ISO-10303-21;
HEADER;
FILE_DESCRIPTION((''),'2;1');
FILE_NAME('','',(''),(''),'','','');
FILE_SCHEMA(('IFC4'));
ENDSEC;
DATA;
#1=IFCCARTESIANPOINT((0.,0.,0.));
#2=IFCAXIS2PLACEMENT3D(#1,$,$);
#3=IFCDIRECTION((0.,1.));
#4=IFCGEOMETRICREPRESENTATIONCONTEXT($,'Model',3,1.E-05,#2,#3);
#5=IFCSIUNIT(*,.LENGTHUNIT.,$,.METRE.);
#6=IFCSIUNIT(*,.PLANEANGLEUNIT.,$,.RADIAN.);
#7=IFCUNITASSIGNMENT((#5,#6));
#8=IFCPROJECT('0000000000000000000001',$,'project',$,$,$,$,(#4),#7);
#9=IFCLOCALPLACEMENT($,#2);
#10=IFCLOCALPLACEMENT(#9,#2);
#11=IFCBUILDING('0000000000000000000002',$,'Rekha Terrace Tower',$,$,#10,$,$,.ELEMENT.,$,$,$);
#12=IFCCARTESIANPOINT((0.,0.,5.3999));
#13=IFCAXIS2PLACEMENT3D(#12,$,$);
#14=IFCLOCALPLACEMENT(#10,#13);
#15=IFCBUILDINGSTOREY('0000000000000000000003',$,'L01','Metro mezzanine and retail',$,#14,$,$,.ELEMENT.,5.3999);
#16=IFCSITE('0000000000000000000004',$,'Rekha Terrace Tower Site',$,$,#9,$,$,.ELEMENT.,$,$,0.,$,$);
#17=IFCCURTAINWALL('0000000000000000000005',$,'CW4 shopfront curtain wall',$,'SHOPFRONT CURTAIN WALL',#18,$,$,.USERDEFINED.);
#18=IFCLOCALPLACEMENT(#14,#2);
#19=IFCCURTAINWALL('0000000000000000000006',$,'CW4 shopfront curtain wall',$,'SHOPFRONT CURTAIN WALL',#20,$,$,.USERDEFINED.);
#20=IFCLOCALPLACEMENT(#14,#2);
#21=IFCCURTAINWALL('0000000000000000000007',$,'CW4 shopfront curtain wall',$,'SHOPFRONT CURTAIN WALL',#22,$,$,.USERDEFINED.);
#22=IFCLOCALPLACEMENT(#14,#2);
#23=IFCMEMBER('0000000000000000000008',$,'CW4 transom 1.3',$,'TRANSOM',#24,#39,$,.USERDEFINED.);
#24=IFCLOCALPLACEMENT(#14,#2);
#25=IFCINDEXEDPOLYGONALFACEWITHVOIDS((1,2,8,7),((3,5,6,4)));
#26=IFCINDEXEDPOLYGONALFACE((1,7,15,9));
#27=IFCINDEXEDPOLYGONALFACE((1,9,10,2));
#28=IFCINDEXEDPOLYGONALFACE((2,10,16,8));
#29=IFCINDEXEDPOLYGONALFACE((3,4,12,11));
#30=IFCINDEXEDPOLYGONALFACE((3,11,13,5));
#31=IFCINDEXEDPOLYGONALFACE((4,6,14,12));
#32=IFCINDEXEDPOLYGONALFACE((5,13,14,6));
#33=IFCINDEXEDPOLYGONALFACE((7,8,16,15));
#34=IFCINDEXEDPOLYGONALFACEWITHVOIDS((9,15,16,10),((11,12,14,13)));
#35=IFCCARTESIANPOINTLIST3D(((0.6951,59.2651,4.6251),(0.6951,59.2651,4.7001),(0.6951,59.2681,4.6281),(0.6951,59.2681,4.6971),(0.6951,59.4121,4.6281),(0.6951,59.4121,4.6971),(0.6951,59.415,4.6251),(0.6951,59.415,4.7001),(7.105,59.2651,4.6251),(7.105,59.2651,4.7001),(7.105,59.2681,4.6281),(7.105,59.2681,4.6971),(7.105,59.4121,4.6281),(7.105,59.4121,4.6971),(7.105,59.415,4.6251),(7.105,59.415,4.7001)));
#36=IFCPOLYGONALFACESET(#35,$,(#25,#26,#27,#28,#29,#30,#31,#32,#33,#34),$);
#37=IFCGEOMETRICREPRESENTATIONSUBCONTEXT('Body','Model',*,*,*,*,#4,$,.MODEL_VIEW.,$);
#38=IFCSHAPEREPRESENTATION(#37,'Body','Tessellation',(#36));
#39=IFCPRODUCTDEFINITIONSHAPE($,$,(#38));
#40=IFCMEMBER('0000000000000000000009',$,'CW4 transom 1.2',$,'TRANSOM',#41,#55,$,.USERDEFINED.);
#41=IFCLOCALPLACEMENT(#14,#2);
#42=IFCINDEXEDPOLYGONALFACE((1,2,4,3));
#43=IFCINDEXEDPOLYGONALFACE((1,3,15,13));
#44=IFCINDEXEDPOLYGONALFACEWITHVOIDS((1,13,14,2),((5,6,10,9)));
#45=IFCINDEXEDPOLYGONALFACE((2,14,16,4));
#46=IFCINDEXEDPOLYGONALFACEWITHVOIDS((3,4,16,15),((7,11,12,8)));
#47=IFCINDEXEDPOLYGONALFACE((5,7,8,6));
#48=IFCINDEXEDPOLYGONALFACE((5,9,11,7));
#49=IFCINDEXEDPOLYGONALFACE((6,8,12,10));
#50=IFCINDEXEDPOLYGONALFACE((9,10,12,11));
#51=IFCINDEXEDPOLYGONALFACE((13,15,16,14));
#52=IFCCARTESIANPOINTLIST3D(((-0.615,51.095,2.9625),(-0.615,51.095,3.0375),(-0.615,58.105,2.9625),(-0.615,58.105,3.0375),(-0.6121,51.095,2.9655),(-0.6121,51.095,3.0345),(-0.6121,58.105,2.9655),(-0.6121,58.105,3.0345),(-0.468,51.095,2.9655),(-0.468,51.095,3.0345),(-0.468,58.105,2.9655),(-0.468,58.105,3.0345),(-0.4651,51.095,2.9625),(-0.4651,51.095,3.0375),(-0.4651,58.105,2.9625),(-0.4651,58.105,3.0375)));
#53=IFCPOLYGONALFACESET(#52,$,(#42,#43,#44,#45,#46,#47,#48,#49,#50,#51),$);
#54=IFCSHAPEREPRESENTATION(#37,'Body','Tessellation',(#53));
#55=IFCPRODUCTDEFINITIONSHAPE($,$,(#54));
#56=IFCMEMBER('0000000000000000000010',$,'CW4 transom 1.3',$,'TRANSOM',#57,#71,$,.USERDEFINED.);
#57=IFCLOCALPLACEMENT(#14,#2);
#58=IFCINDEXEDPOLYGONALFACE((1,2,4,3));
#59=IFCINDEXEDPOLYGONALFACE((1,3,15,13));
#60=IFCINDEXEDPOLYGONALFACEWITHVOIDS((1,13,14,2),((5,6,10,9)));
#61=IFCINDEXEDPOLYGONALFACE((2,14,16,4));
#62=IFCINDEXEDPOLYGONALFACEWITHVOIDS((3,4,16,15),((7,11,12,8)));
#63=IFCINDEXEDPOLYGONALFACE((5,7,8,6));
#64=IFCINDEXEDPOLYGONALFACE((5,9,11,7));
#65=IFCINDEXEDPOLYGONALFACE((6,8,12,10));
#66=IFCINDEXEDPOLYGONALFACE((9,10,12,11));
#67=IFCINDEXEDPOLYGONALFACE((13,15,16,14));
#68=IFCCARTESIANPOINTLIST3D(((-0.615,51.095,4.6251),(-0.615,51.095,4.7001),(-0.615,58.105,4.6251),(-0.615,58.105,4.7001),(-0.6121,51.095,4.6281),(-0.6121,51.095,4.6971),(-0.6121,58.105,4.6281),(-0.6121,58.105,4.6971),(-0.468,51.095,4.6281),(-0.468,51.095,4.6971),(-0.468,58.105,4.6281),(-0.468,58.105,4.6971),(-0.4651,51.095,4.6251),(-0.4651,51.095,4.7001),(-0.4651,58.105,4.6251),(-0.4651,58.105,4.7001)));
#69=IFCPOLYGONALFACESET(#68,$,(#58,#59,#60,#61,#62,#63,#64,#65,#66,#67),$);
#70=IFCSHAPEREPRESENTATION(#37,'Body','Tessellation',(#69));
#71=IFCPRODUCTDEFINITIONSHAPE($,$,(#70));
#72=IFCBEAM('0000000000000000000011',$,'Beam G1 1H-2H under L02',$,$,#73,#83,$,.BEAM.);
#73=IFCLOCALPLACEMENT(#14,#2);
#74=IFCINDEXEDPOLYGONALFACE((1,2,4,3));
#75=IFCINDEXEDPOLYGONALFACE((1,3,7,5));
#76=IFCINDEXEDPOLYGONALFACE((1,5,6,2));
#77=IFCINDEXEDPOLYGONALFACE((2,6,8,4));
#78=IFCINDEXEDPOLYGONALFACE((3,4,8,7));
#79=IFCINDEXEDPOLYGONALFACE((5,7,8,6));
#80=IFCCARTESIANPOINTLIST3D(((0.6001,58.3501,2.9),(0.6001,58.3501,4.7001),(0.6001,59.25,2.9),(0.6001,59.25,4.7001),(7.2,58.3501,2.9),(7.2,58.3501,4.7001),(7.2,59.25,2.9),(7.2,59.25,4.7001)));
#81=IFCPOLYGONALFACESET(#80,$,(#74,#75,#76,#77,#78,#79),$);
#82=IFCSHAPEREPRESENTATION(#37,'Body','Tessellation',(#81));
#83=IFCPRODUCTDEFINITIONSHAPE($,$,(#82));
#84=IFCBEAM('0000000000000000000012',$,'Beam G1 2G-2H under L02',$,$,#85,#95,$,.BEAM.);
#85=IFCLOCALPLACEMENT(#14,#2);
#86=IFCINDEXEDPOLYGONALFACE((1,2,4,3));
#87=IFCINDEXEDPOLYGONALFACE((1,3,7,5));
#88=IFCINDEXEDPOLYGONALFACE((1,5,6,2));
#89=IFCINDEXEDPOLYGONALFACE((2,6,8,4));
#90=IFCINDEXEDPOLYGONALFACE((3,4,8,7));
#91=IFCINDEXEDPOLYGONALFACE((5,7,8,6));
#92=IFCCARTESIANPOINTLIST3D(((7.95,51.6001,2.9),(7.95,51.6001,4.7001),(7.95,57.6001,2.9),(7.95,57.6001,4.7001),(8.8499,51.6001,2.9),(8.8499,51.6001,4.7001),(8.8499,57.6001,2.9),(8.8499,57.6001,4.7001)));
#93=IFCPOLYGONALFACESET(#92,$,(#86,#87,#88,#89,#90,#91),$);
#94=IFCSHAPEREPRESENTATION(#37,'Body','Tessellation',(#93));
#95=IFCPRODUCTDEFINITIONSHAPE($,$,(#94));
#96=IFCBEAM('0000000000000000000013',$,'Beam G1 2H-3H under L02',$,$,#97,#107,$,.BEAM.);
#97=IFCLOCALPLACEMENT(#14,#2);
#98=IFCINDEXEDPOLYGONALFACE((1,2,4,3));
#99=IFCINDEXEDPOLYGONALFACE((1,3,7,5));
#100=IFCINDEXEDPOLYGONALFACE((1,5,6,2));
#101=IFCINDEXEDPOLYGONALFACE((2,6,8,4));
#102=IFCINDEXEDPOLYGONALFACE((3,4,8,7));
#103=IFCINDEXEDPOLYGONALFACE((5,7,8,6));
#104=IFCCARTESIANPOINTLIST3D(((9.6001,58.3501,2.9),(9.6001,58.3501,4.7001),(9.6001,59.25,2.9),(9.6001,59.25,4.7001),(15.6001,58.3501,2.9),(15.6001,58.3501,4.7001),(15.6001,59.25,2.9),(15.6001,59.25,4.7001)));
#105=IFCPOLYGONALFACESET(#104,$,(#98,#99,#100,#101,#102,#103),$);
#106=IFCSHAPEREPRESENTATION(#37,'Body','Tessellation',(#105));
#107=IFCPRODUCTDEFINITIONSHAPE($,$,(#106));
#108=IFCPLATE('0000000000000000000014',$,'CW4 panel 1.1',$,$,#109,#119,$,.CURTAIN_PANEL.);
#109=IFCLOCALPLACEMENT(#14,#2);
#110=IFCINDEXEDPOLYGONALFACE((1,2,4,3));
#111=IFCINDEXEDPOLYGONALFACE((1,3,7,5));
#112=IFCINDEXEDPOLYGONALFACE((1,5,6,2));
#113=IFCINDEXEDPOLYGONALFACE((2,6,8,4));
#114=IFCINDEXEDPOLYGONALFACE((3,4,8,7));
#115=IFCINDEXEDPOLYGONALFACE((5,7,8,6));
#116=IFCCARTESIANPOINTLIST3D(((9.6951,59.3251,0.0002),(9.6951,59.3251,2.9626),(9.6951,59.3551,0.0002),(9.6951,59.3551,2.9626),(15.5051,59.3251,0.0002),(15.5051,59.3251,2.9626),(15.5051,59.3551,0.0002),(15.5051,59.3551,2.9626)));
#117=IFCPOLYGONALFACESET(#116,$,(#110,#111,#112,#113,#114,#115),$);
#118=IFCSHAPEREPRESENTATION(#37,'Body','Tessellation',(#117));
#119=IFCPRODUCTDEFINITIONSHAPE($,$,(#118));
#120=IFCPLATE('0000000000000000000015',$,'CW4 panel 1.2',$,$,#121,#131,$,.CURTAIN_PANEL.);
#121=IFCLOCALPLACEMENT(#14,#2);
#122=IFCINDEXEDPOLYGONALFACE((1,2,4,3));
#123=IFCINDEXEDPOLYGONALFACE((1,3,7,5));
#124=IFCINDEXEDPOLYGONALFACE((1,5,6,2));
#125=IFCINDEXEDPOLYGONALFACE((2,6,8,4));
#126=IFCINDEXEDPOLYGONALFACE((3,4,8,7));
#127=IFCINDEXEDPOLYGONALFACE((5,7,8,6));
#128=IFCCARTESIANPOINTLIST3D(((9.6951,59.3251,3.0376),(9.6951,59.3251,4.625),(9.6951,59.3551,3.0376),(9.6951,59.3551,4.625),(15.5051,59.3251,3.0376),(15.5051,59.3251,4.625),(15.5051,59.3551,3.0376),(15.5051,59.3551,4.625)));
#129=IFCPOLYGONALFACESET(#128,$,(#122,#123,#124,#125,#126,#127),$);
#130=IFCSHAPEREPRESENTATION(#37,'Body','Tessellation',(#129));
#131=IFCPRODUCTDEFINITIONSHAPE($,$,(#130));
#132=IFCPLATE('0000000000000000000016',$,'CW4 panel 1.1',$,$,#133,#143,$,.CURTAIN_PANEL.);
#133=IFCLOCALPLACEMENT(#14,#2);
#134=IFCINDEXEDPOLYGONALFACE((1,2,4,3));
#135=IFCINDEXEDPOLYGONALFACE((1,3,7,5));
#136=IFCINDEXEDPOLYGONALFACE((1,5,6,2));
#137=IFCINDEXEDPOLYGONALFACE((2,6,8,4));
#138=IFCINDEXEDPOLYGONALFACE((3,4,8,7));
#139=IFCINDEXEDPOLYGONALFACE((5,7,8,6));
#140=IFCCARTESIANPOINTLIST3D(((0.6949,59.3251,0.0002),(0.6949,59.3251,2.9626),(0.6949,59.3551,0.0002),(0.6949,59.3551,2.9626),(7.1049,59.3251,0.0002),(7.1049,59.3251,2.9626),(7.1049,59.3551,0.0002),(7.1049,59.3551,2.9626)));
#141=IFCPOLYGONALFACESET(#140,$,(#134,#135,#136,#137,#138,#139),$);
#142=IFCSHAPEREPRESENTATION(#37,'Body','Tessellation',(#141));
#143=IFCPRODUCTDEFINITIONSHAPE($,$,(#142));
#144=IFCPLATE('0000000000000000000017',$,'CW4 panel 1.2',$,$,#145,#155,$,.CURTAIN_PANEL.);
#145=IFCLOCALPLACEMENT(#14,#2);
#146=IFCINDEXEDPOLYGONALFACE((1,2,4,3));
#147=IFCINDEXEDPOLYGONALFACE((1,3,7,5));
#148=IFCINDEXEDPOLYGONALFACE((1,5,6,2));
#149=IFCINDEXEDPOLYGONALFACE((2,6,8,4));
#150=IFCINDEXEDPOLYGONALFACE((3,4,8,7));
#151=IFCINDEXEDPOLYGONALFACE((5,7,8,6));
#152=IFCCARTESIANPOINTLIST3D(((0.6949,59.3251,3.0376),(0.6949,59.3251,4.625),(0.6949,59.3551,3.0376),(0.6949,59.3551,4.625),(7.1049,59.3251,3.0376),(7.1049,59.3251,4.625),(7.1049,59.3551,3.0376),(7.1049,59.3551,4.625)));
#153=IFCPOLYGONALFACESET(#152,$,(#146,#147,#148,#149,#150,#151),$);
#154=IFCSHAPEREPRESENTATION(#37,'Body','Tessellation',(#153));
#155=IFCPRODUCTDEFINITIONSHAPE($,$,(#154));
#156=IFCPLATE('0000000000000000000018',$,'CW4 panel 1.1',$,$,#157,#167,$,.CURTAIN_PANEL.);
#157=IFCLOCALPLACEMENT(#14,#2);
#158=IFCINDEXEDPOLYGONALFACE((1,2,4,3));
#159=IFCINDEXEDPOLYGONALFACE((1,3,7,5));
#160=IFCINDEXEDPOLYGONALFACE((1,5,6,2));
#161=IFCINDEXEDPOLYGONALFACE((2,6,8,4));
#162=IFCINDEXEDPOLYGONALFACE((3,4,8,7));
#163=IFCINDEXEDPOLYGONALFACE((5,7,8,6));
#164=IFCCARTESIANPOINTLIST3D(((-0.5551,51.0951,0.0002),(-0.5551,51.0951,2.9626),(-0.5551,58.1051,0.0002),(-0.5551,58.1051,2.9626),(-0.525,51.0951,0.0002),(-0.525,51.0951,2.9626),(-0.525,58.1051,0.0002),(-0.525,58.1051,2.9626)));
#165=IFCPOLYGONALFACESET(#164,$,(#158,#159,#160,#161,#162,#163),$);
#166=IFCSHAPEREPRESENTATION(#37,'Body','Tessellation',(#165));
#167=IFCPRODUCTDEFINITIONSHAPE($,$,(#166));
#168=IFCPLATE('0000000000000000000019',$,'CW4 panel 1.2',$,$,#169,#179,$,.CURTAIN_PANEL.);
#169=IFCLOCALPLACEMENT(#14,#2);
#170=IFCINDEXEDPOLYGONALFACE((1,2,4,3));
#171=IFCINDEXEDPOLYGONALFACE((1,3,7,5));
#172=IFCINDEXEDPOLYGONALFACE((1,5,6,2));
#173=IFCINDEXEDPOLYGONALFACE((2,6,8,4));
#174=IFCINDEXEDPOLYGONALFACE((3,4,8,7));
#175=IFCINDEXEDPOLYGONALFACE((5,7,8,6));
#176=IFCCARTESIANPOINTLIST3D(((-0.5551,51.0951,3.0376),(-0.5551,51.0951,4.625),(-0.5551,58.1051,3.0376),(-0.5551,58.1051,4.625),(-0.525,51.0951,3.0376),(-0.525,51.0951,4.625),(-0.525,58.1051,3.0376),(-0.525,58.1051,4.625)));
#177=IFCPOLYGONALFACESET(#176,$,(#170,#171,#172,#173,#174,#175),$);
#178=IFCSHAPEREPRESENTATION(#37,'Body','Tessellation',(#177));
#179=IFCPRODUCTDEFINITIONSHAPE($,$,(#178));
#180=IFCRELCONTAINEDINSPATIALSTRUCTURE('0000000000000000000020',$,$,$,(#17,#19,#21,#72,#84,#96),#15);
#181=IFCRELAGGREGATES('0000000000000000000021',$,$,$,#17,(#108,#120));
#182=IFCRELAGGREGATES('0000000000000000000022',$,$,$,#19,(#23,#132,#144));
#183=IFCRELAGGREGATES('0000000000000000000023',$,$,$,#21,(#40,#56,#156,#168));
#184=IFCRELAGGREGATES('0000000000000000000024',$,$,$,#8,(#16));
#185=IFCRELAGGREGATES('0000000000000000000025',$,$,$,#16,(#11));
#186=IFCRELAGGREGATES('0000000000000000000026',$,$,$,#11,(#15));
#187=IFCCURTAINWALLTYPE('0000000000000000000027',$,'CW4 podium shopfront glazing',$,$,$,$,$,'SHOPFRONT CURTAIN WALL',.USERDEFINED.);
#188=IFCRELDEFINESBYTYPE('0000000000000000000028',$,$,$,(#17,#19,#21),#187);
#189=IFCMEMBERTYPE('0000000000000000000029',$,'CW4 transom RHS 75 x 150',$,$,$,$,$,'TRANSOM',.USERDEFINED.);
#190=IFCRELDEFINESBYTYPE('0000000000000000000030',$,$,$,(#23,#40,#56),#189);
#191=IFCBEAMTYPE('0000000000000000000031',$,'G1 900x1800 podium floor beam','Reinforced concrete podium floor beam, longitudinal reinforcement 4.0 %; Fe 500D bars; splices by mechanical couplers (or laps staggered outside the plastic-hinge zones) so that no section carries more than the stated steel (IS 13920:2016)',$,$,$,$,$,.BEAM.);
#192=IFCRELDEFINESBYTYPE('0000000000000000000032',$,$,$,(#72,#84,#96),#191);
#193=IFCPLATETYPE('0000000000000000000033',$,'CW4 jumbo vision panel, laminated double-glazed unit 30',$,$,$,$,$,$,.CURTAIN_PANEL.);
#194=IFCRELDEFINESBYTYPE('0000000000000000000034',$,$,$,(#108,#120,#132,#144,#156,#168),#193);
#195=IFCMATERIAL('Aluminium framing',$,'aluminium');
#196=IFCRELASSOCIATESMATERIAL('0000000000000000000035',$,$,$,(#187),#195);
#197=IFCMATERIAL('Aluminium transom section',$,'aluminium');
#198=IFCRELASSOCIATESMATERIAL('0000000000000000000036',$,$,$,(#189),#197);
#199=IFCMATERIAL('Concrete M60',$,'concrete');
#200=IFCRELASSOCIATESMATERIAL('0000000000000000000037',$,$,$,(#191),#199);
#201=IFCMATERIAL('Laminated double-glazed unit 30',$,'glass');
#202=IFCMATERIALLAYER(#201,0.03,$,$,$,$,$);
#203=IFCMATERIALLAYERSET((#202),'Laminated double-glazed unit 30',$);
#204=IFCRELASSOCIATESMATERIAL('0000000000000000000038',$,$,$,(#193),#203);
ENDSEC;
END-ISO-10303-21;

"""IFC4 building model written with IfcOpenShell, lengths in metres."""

from ifc_helpers import new_model, si_unit, direction, frame, origin, origin_2d, place, context, subcontext, project, spatial, rectangle, hollow_rectangle, extrude, material, layer, layer_set, material_profile, profile_set, type_object, element, aggregate, save


model = new_model("IFC4")

# Units and contexts
model_context = context("Model", 3, precision=1e-05, world=origin(), true_north=direction((0.0, 1.0)))
body_context = subcontext(model_context, "Body", "Model", "MODEL_VIEW")
ifc_project = project(units=[si_unit("LENGTHUNIT", "METRE"), si_unit("PLANEANGLEUNIT", "RADIAN")], contexts=[model_context])

# Site, building, storey
site_placement = place(None, origin())
site = spatial("IfcSite", under=ifc_project, at=site_placement, Name="Rekha Terrace Tower Site", CompositionType="ELEMENT", RefElevation=0.0)
building_placement = place(site_placement, origin())
building = spatial("IfcBuilding", under=site, at=building_placement, Name="Rekha Terrace Tower", CompositionType="ELEMENT")
storey_placement = place(building_placement, frame((0.0, 0.0, 5.3999)))
storey = spatial("IfcBuildingStorey", under=building, at=storey_placement, Name="L01", Description="Metro mezzanine and retail", CompositionType="ELEMENT", Elevation=5.3999)

# Shared definitions
ifc_material_1 = material(Name="Concrete M60", Category="concrete")

# Curtain walls
ifc_material_2 = material(Name="Aluminium framing", Category="aluminium")
curtain_wall_type = type_object("IfcCurtainWallType", Name="CW4 podium shopfront glazing", ElementType="SHOPFRONT CURTAIN WALL", PredefinedType="USERDEFINED", material=ifc_material_2)
curtain_wall_1_placement = place(storey_placement, origin())
curtain_wall_1 = element("IfcCurtainWall", 1, at=curtain_wall_1_placement, inside=storey, type_object=curtain_wall_type, Name="CW4 shopfront curtain wall", ObjectType="SHOPFRONT CURTAIN WALL", PredefinedType="USERDEFINED")
curtain_wall_2_placement = place(storey_placement, origin())
curtain_wall_2 = element("IfcCurtainWall", 2, at=curtain_wall_2_placement, inside=storey, type_object=curtain_wall_type, Name="CW4 shopfront curtain wall", ObjectType="SHOPFRONT CURTAIN WALL", PredefinedType="USERDEFINED")
curtain_wall_3_placement = place(storey_placement, origin())
curtain_wall_3 = element("IfcCurtainWall", 3, at=curtain_wall_3_placement, inside=storey, type_object=curtain_wall_type, Name="CW4 shopfront curtain wall", ObjectType="SHOPFRONT CURTAIN WALL", PredefinedType="USERDEFINED")

# Members
ifc_material_3 = material(Name="Aluminium transom section", Category="aluminium")
ifc_material_profile_1 = material_profile(ifc_material_3, hollow_rectangle(XDim=0.1499, YDim=0.075, WallThickness=0.0029, at=origin_2d()), Name="AL RHS 150x75")
ifc_profile_set_1 = profile_set([ifc_material_profile_1], Name="Aluminium transom section")
member_type_1 = type_object("IfcMemberType", Name="CW4 transom RHS 75 x 150", ElementType="TRANSOM", PredefinedType="USERDEFINED", material=ifc_profile_set_1)
member_1_placement = place(storey_placement, frame((7.105, 59.3401, 4.6626), z_axis=(-1.0, 0.0, 0.0), x_axis=(0.0, -1.0, 0.0)))
member_1 = element("IfcMember", 4, at=member_1_placement, type_object=member_type_1, Name="CW4 transom 1.3", ObjectType="TRANSOM", PredefinedType="USERDEFINED", context=body_context, shape_type="SweptSolid", body=[
    extrude(hollow_rectangle(XDim=0.1499, YDim=0.075, WallThickness=0.0029, at=origin_2d()), origin(), (0.0, 0.0, 1.0), 6.4099),
])
member_2_placement = place(storey_placement, frame((-0.54, 58.105, 3.0), z_axis=(0.0, -1.0, 0.0), x_axis=(1.0, 0.0, 0.0)))
member_2 = element("IfcMember", 5, at=member_2_placement, type_object=member_type_1, Name="CW4 transom 1.2", ObjectType="TRANSOM", PredefinedType="USERDEFINED", context=body_context, shape_type="SweptSolid", body=[
    extrude(hollow_rectangle(XDim=0.1499, YDim=0.075, WallThickness=0.0029, at=origin_2d()), origin(), (0.0, 0.0, 1.0), 7.01),
])
member_3_placement = place(storey_placement, frame((-0.54, 58.105, 4.6626), z_axis=(0.0, -1.0, 0.0), x_axis=(1.0, 0.0, 0.0)))
member_3 = element("IfcMember", 6, at=member_3_placement, type_object=member_type_1, Name="CW4 transom 1.3", ObjectType="TRANSOM", PredefinedType="USERDEFINED", context=body_context, shape_type="SweptSolid", body=[
    extrude(hollow_rectangle(XDim=0.1499, YDim=0.075, WallThickness=0.0029, at=origin_2d()), origin(), (0.0, 0.0, 1.0), 7.01),
])

# Beams
ifc_material_profile_2 = material_profile(ifc_material_1, rectangle(XDim=0.8999, YDim=1.8, at=origin_2d()), Name="RC 900x1800")
ifc_profile_set_2 = profile_set([ifc_material_profile_2], Name="Concrete M60")
beam_type = type_object("IfcBeamType", Name="G1 900x1800 podium floor beam", Description="Reinforced concrete podium floor beam, longitudinal reinforcement 4.0 %; Fe 500D bars; splices by mechanical couplers (or laps staggered outside the plastic-hinge zones) so that no section carries more than the stated steel (IS 13920:2016)", PredefinedType="BEAM", material=ifc_profile_set_2)
beam_placement = place(storey_placement, frame((0.6001, 58.8, 3.8), z_axis=(1.0, 0.0, 0.0), x_axis=(0.0, 1.0, 0.0)))
element("IfcBeam", 7, at=beam_placement, inside=storey, type_object=beam_type, Name="Beam G1 1H-2H under L02", PredefinedType="BEAM", context=body_context, shape_type="SweptSolid", body=[
    extrude(rectangle(XDim=0.8999, YDim=1.8, at=origin_2d()), origin(), (0.0, 0.0, 1.0), 6.5999),
])
for number, where, z_axis, x_axis, name in (
    (8, (8.3999, 51.6001, 3.8), (0.0, 1.0, 0.0), (-1.0, 0.0, 0.0), "Beam G1 2G-2H under L02"),
    (9, (9.6001, 58.8, 3.8), (1.0, 0.0, 0.0), (0.0, 1.0, 0.0), "Beam G1 2H-3H under L02"),
):
    element("IfcBeam", number, at=place(storey_placement, frame(where, z_axis=z_axis, x_axis=x_axis)), inside=storey, type_object=beam_type, Name=name, PredefinedType="BEAM", context=body_context, shape_type="SweptSolid", body=[
        extrude(rectangle(XDim=0.8999, YDim=1.8, at=origin_2d()), origin(), (0.0, 0.0, 1.0), 6.0),
    ])

# Plates
ifc_material_4 = material(Name="Laminated double-glazed unit 30", Category="glass")
ifc_layer = layer(ifc_material_4, 0.03)
ifc_layer_set = layer_set([ifc_layer], Name="Laminated double-glazed unit 30")
plate_type = type_object("IfcPlateType", Name="CW4 jumbo vision panel, laminated double-glazed unit 30", PredefinedType="CURTAIN_PANEL", material=ifc_layer_set)
plate_1_placement = place(storey_placement, frame((12.6001, 59.3401, 0.0002), z_axis=(0.0, 0.0, 1.0), x_axis=(-1.0, 0.0, 0.0)))
plate_1 = element("IfcPlate", 10, at=plate_1_placement, type_object=plate_type, Name="CW4 panel 1.1", PredefinedType="CURTAIN_PANEL", context=body_context, shape_type="SweptSolid", body=[
    extrude(rectangle(XDim=5.8101, YDim=0.03, at=origin_2d()), origin(), (0.0, 0.0, 1.0), 2.9624),
])
plate_2_placement = place(storey_placement, frame((12.6001, 59.3401, 3.0376), z_axis=(0.0, 0.0, 1.0), x_axis=(-1.0, 0.0, 0.0)))
plate_2 = element("IfcPlate", 11, at=plate_2_placement, type_object=plate_type, Name="CW4 panel 1.2", PredefinedType="CURTAIN_PANEL", context=body_context, shape_type="SweptSolid", body=[
    extrude(rectangle(XDim=5.8101, YDim=0.03, at=origin_2d()), origin(), (0.0, 0.0, 1.0), 1.5874),
])
aggregate(curtain_wall_1, [plate_1, plate_2])
plate_3_placement = place(storey_placement, frame((3.8999, 59.3401, 0.0002), z_axis=(0.0, 0.0, 1.0), x_axis=(-1.0, 0.0, 0.0)))
plate_3 = element("IfcPlate", 12, at=plate_3_placement, type_object=plate_type, Name="CW4 panel 1.1", PredefinedType="CURTAIN_PANEL", context=body_context, shape_type="SweptSolid", body=[
    extrude(rectangle(XDim=6.4099, YDim=0.03, at=origin_2d()), origin(), (0.0, 0.0, 1.0), 2.9624),
])
plate_4_placement = place(storey_placement, frame((3.8999, 59.3401, 3.0376), z_axis=(0.0, 0.0, 1.0), x_axis=(-1.0, 0.0, 0.0)))
plate_4 = element("IfcPlate", 13, at=plate_4_placement, type_object=plate_type, Name="CW4 panel 1.2", PredefinedType="CURTAIN_PANEL", context=body_context, shape_type="SweptSolid", body=[
    extrude(rectangle(XDim=6.4099, YDim=0.03, at=origin_2d()), origin(), (0.0, 0.0, 1.0), 1.5874),
])
aggregate(curtain_wall_2, [member_1, plate_3, plate_4])
plate_5_placement = place(storey_placement, frame((-0.54, 54.6001, 0.0002), z_axis=(0.0, 0.0, 1.0), x_axis=(0.0, -1.0, 0.0)))
plate_5 = element("IfcPlate", 14, at=plate_5_placement, type_object=plate_type, Name="CW4 panel 1.1", PredefinedType="CURTAIN_PANEL", context=body_context, shape_type="SweptSolid", body=[
    extrude(rectangle(XDim=7.01, YDim=0.03, at=origin_2d()), origin(), (0.0, 0.0, 1.0), 2.9624),
])
plate_6_placement = place(storey_placement, frame((-0.54, 54.6001, 3.0376), z_axis=(0.0, 0.0, 1.0), x_axis=(0.0, -1.0, 0.0)))
plate_6 = element("IfcPlate", 15, at=plate_6_placement, type_object=plate_type, Name="CW4 panel 1.2", PredefinedType="CURTAIN_PANEL", context=body_context, shape_type="SweptSolid", body=[
    extrude(rectangle(XDim=7.01, YDim=0.03, at=origin_2d()), origin(), (0.0, 0.0, 1.0), 1.5874),
])
aggregate(curtain_wall_3, [member_2, member_3, plate_5, plate_6])

save(model, "model.ifc")
